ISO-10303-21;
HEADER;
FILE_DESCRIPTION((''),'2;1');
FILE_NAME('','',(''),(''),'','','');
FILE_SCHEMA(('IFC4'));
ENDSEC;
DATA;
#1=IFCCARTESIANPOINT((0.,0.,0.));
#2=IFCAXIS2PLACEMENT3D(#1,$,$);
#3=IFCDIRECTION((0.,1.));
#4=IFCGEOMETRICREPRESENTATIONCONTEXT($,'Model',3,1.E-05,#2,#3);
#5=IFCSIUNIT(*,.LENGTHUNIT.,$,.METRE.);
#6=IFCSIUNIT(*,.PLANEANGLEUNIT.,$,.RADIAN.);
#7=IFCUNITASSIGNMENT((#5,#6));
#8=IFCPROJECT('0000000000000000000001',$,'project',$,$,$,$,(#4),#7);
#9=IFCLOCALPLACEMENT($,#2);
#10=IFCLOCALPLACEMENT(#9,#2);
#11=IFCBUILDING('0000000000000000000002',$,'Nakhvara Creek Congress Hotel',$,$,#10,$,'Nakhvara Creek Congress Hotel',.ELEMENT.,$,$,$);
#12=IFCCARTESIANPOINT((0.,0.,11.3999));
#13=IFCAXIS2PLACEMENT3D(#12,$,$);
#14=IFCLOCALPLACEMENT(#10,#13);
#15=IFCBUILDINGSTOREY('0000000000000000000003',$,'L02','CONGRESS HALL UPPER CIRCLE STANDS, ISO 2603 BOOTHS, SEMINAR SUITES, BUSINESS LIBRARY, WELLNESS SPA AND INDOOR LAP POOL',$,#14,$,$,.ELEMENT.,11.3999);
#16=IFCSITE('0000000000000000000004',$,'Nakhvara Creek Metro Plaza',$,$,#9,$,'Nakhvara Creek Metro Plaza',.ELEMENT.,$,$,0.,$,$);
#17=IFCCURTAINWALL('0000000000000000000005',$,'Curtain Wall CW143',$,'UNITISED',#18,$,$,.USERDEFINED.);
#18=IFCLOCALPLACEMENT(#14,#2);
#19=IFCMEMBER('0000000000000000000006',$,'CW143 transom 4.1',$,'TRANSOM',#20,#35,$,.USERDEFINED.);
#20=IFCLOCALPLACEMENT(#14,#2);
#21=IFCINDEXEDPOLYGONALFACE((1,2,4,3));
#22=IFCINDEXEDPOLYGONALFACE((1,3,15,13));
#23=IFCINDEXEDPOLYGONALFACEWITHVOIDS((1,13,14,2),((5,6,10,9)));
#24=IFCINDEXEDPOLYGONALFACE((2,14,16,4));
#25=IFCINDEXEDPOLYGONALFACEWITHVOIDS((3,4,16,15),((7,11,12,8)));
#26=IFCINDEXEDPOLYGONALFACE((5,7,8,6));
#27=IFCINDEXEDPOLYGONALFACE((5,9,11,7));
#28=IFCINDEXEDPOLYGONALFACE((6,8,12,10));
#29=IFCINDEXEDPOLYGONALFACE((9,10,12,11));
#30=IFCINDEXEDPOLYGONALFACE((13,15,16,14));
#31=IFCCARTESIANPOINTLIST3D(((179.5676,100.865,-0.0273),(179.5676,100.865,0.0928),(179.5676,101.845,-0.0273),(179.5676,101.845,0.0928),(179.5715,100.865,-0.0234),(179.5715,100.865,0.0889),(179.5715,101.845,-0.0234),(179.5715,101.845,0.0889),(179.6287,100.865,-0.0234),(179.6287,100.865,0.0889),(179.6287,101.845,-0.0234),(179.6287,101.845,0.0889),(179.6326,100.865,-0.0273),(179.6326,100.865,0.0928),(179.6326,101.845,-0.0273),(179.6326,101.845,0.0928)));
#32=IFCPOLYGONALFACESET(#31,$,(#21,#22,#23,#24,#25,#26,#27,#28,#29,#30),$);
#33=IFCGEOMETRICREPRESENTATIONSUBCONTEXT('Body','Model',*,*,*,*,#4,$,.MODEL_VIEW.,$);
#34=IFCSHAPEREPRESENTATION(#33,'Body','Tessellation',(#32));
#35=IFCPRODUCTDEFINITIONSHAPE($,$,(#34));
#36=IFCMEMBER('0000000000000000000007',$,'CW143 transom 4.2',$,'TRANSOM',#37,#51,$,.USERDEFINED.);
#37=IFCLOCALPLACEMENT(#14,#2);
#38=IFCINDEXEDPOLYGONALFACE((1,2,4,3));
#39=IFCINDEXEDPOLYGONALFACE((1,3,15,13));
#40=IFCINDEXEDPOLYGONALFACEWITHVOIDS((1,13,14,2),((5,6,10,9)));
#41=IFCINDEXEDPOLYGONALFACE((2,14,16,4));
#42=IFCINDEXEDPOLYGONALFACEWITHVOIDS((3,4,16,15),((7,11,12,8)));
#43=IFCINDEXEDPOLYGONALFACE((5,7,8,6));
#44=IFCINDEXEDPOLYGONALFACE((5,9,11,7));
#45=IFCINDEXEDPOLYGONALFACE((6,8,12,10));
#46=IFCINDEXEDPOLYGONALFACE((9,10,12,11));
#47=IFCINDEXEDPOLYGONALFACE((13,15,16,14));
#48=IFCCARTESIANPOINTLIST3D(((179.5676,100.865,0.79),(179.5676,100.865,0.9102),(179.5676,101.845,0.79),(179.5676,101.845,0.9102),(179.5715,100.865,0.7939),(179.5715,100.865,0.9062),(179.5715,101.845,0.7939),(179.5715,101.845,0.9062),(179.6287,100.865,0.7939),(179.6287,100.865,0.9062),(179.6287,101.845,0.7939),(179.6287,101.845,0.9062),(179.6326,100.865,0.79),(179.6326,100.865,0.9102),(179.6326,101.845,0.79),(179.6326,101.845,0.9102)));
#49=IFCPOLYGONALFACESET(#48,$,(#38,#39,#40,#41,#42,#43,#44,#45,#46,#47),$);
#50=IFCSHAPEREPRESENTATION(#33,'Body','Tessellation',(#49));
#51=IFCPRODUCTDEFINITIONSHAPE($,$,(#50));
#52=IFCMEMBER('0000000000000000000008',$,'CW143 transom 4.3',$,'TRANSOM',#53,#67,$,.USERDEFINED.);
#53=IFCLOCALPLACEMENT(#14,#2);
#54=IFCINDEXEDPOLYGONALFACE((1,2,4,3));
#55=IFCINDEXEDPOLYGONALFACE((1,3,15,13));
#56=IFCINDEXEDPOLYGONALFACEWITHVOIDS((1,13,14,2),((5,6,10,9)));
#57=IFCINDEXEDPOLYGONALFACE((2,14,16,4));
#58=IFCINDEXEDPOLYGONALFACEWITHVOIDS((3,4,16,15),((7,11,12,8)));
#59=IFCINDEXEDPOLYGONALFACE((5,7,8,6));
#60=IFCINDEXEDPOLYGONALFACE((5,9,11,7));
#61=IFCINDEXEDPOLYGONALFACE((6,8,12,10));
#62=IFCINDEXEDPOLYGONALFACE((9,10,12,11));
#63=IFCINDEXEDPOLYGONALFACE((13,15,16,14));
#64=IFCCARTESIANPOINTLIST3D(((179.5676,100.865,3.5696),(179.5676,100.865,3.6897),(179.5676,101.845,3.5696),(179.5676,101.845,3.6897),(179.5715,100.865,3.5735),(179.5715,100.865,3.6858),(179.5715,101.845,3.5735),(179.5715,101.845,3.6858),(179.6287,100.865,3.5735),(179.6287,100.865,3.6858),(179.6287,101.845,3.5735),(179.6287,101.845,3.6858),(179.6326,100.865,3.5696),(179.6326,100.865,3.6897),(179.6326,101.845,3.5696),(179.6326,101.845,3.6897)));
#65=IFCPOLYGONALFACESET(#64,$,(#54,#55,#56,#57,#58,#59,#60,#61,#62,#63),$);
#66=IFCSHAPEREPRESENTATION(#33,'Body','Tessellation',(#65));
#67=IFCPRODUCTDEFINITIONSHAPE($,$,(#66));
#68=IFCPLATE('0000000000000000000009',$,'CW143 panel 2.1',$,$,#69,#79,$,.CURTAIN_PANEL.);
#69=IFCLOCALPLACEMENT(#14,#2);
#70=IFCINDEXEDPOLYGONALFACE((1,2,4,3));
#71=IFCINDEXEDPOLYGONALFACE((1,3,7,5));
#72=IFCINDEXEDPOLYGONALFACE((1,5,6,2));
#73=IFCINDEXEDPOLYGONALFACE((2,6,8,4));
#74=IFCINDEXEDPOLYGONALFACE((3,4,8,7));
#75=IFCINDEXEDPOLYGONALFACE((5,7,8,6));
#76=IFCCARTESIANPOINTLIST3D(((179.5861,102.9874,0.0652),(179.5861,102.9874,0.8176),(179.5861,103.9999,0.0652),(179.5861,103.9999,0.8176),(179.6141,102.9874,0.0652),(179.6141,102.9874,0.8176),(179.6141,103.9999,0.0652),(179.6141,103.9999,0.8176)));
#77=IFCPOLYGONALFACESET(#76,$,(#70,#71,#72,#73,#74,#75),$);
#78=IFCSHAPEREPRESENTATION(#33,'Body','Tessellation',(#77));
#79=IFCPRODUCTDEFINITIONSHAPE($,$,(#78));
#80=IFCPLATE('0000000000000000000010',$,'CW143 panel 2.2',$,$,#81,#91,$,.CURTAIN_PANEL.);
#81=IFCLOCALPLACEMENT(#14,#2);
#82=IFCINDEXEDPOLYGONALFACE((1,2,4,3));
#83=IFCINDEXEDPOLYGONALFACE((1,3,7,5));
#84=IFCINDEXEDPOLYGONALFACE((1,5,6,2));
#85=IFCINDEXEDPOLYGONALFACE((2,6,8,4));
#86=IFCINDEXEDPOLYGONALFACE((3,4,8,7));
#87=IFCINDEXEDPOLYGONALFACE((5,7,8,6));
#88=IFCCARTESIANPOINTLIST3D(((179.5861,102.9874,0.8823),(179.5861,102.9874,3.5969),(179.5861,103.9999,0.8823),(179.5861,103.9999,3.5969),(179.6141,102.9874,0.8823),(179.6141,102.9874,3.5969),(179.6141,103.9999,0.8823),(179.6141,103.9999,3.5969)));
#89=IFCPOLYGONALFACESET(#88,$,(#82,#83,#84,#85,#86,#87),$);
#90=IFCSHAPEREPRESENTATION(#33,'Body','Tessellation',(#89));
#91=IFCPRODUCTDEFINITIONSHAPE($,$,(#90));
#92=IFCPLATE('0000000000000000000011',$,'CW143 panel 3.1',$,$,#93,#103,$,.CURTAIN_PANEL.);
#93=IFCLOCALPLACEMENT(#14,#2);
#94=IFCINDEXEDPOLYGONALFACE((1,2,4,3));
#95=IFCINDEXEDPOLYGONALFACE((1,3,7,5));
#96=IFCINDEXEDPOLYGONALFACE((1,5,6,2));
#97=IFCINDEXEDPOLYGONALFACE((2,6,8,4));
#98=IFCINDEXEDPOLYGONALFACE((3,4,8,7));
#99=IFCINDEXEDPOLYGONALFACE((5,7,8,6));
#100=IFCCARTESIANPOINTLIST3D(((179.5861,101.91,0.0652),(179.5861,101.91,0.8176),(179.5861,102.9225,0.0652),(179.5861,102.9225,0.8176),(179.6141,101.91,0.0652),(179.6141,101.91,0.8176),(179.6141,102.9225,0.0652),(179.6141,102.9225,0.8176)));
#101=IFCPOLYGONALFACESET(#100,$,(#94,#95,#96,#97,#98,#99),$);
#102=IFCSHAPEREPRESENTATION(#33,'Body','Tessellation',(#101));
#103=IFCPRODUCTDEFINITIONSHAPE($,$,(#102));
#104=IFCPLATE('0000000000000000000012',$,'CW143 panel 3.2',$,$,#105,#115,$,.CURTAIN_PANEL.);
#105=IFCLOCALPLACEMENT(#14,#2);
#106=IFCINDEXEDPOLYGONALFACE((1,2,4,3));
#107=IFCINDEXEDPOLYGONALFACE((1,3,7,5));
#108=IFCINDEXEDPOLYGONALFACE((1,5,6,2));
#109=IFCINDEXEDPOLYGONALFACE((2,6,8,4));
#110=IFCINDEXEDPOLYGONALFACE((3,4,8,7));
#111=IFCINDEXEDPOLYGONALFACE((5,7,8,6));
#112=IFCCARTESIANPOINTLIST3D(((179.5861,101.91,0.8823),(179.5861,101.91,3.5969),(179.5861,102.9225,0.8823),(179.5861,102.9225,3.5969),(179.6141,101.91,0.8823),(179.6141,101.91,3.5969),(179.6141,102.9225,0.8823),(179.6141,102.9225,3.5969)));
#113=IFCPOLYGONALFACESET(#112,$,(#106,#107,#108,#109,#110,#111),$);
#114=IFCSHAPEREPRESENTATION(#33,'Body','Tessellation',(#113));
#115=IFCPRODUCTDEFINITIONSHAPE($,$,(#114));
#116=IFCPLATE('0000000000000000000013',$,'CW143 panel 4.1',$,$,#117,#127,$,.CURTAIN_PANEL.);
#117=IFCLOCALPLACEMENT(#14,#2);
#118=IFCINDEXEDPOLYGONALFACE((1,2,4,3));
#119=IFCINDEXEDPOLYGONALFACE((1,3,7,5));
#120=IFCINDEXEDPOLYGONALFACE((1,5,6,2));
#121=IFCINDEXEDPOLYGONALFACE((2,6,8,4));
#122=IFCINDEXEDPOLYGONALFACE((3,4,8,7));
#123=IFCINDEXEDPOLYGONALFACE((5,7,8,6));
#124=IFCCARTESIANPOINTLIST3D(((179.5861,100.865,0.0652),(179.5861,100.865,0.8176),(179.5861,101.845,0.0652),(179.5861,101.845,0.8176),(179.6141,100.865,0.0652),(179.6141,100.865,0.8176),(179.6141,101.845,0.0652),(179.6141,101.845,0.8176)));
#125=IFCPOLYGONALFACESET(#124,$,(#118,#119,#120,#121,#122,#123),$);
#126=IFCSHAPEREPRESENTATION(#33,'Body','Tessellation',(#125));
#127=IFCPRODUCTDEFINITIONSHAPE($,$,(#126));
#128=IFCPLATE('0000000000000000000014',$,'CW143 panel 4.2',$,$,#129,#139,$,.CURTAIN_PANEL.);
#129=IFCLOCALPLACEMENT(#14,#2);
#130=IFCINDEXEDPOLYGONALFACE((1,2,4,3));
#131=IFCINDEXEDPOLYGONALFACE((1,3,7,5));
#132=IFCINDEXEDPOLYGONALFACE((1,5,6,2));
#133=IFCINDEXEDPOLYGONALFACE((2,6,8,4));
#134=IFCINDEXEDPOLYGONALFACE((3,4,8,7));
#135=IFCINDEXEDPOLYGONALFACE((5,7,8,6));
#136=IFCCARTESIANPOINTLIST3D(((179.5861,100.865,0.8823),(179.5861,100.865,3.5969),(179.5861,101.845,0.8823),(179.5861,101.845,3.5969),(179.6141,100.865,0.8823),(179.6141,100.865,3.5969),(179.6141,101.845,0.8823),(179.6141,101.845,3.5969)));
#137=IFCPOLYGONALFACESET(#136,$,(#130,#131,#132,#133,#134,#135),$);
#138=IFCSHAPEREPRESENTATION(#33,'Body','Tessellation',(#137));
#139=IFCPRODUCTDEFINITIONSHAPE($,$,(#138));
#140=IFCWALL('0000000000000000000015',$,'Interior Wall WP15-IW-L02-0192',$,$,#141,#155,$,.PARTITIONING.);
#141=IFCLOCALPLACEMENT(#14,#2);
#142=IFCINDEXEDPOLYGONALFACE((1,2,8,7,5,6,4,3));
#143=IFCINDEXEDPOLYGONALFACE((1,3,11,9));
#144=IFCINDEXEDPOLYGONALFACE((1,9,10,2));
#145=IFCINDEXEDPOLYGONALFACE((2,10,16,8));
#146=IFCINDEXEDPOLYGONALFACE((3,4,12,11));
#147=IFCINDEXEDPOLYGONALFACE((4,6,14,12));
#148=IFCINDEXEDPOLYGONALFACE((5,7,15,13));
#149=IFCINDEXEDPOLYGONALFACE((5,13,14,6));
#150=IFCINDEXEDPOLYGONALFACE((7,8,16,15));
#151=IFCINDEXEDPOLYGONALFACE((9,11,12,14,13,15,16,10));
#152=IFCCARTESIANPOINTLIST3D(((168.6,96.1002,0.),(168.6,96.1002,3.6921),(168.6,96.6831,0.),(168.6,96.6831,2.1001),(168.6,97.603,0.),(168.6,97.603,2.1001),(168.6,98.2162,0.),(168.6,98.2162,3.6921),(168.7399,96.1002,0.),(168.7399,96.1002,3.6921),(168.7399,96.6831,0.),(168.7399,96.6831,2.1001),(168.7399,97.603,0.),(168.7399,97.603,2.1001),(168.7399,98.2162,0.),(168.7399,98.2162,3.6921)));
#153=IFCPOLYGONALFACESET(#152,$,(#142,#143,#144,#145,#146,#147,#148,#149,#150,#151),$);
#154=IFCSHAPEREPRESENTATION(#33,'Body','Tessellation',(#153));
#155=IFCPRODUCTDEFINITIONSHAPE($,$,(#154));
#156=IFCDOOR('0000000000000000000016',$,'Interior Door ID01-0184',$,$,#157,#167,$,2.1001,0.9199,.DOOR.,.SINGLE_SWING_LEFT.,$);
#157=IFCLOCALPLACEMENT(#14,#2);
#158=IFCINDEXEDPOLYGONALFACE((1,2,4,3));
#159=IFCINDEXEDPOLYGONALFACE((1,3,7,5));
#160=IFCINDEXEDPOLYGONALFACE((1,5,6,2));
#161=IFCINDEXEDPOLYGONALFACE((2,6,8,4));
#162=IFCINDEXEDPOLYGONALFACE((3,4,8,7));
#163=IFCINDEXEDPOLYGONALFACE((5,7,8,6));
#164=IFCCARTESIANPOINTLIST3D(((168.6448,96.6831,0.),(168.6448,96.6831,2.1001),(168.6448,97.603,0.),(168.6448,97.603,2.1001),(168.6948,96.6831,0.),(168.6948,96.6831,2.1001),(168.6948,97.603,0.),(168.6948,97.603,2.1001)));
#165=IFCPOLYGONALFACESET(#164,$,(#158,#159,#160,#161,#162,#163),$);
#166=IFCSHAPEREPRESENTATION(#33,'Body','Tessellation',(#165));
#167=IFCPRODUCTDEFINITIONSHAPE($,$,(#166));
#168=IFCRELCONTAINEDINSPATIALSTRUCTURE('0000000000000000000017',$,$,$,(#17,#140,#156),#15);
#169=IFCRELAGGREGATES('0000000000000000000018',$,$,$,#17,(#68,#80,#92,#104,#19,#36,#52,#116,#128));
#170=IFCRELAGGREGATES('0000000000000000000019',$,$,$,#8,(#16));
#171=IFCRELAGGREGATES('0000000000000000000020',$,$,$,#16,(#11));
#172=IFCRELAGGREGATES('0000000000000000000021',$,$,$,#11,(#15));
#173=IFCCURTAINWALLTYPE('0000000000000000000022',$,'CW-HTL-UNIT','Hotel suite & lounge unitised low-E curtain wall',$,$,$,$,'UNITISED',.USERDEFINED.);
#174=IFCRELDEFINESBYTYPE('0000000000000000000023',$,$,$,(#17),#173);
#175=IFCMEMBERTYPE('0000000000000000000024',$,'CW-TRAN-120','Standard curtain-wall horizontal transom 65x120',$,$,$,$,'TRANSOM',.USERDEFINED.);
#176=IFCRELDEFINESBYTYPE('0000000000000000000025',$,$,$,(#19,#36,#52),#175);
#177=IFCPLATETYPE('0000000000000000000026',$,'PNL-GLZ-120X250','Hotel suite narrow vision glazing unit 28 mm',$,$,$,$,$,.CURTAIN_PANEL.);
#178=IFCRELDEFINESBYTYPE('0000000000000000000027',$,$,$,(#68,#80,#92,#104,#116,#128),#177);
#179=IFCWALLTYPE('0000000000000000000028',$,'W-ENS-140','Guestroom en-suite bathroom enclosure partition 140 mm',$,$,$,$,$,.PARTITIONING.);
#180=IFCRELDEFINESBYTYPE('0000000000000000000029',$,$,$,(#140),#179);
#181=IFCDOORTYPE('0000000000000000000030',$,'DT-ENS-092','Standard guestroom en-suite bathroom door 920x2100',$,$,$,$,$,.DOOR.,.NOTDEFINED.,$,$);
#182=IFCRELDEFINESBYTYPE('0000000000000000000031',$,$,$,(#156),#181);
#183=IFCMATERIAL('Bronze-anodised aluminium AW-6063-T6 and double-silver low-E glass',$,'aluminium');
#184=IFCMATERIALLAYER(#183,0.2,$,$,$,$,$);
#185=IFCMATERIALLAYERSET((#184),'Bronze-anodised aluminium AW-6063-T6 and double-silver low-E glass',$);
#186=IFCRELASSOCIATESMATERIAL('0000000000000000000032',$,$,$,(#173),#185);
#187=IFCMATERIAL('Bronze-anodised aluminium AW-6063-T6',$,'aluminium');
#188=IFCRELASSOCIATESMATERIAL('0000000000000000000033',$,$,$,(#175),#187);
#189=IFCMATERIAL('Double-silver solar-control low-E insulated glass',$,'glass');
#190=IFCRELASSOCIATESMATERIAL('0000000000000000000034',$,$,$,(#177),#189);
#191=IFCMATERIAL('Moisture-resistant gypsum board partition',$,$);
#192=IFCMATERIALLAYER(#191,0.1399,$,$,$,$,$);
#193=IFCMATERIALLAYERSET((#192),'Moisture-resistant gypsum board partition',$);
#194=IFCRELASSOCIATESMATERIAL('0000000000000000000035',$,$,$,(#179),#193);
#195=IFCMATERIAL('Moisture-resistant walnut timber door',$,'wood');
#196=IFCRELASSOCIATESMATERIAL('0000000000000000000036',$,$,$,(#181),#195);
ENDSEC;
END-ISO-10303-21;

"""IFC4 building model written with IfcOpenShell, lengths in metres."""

from ifc_helpers import new_model, si_unit, direction, frame, frame_2d, origin, origin_2d, place, context, subcontext, project, spatial, rectangle, hollow_rectangle, extrude, material, layer, layer_set, material_profile, profile_set, type_object, element, fill, aggregate, save


model = new_model("IFC4")

# Units and contexts
model_context = context("Model", 3, precision=1e-05, world=origin(), true_north=direction((0.0, 1.0)))
body_context = subcontext(model_context, "Body", "Model", "MODEL_VIEW")
ifc_project = project(units=[si_unit("LENGTHUNIT", "METRE"), si_unit("PLANEANGLEUNIT", "RADIAN")], contexts=[model_context])

# Site, building, storey
site_placement = place(None, origin())
site = spatial("IfcSite", under=ifc_project, at=site_placement, Name="Nakhvara Creek Metro Plaza", LongName="Nakhvara Creek Metro Plaza", CompositionType="ELEMENT", RefElevation=0.0)
building_placement = place(site_placement, origin())
building = spatial("IfcBuilding", under=site, at=building_placement, Name="Nakhvara Creek Congress Hotel", LongName="Nakhvara Creek Congress Hotel", CompositionType="ELEMENT")
storey_placement = place(building_placement, frame((0.0, 0.0, 11.3999)))
storey = spatial("IfcBuildingStorey", under=building, at=storey_placement, Name="L02", Description="CONGRESS HALL UPPER CIRCLE STANDS, ISO 2603 BOOTHS, SEMINAR SUITES, BUSINESS LIBRARY, WELLNESS SPA AND INDOOR LAP POOL", CompositionType="ELEMENT", Elevation=11.3999)

# Curtain wall, members, plates
ifc_material_1 = material(Name="Bronze-anodised aluminium AW-6063-T6 and double-silver low-E glass", Category="aluminium")
ifc_layer_1 = layer(ifc_material_1, 0.2)
ifc_layer_set_1 = layer_set([ifc_layer_1], Name="Bronze-anodised aluminium AW-6063-T6 and double-silver low-E glass")
curtain_wall_type = type_object("IfcCurtainWallType", Name="CW-HTL-UNIT", Description="Hotel suite & lounge unitised low-E curtain wall", ElementType="UNITISED", PredefinedType="USERDEFINED", material=ifc_layer_set_1)
curtain_wall_placement = place(storey_placement, origin())
curtain_wall = element("IfcCurtainWall", 1, at=curtain_wall_placement, inside=storey, type_object=curtain_wall_type, Name="Curtain Wall CW143", ObjectType="UNITISED", PredefinedType="USERDEFINED")
ifc_material_2 = material(Name="Bronze-anodised aluminium AW-6063-T6", Category="aluminium")
ifc_material_profile_1 = material_profile(ifc_material_2, hollow_rectangle(XDim=0.0649, YDim=0.1201, WallThickness=0.0039, at=origin_2d()), Name="ALU-TRAN 65x120x4", Category="LoadBearing")
ifc_profile_set_1 = profile_set([ifc_material_profile_1], Name="Bronze-anodised aluminium AW-6063-T6")
member_type_1 = type_object("IfcMemberType", Name="CW-TRAN-120", Description="Standard curtain-wall horizontal transom 65x120", ElementType="TRANSOM", PredefinedType="USERDEFINED", material=ifc_profile_set_1)
member_1_placement = place(storey_placement, frame((179.6001, 101.845, 0.0327), z_axis=(0.0, -1.0, 0.0), x_axis=(1.0, 0.0, 0.0)))
member_1 = element("IfcMember", 2, at=member_1_placement, type_object=member_type_1, Name="CW143 transom 4.1", ObjectType="TRANSOM", PredefinedType="USERDEFINED", context=body_context, shape_type="SweptSolid", body=[
    extrude(hollow_rectangle(XDim=0.0649, YDim=0.1201, WallThickness=0.0039, at=origin_2d()), origin(), (0.0, 0.0, 1.0), 0.98),
])
member_2_placement = place(storey_placement, frame((179.6001, 101.845, 0.8501), z_axis=(0.0, -1.0, 0.0), x_axis=(1.0, 0.0, 0.0)))
member_2 = element("IfcMember", 3, at=member_2_placement, type_object=member_type_1, Name="CW143 transom 4.2", ObjectType="TRANSOM", PredefinedType="USERDEFINED", context=body_context, shape_type="SweptSolid", body=[
    extrude(hollow_rectangle(XDim=0.0649, YDim=0.1201, WallThickness=0.0039, at=origin_2d()), origin(), (0.0, 0.0, 1.0), 0.98),
])
member_3_placement = place(storey_placement, frame((179.6001, 101.845, 3.6296), z_axis=(0.0, -1.0, 0.0), x_axis=(1.0, 0.0, 0.0)))
member_3 = element("IfcMember", 4, at=member_3_placement, type_object=member_type_1, Name="CW143 transom 4.3", ObjectType="TRANSOM", PredefinedType="USERDEFINED", context=body_context, shape_type="SweptSolid", body=[
    extrude(hollow_rectangle(XDim=0.0649, YDim=0.1201, WallThickness=0.0039, at=origin_2d()), origin(), (0.0, 0.0, 1.0), 0.98),
])
ifc_material_3 = material(Name="Double-silver solar-control low-E insulated glass", Category="glass")
plate_type = type_object("IfcPlateType", Name="PNL-GLZ-120X250", Description="Hotel suite narrow vision glazing unit 28 mm", PredefinedType="CURTAIN_PANEL", material=ifc_material_3)
plate_1_placement = place(storey_placement, frame((179.6001, 103.4937, 0.0652), z_axis=(0.0, 0.0, 1.0), x_axis=(0.0, -1.0, 0.0)))
plate_1 = element("IfcPlate", 5, at=plate_1_placement, type_object=plate_type, Name="CW143 panel 2.1", PredefinedType="CURTAIN_PANEL", context=body_context, shape_type="SweptSolid", body=[
    extrude(rectangle(XDim=1.0125, YDim=0.0281, at=origin_2d()), origin(), (0.0, 0.0, 1.0), 0.7524),
])
plate_2_placement = place(storey_placement, frame((179.6001, 103.4937, 0.8823), z_axis=(0.0, 0.0, 1.0), x_axis=(0.0, -1.0, 0.0)))
plate_2 = element("IfcPlate", 6, at=plate_2_placement, type_object=plate_type, Name="CW143 panel 2.2", PredefinedType="CURTAIN_PANEL", context=body_context, shape_type="SweptSolid", body=[
    extrude(rectangle(XDim=1.0125, YDim=0.0281, at=origin_2d()), origin(), (0.0, 0.0, 1.0), 2.7146),
])
plate_3_placement = place(storey_placement, frame((179.6001, 102.4163, 0.0652), z_axis=(0.0, 0.0, 1.0), x_axis=(0.0, -1.0, 0.0)))
plate_3 = element("IfcPlate", 7, at=plate_3_placement, type_object=plate_type, Name="CW143 panel 3.1", PredefinedType="CURTAIN_PANEL", context=body_context, shape_type="SweptSolid", body=[
    extrude(rectangle(XDim=1.0125, YDim=0.0281, at=origin_2d()), origin(), (0.0, 0.0, 1.0), 0.7524),
])
plate_4_placement = place(storey_placement, frame((179.6001, 102.4163, 0.8823), z_axis=(0.0, 0.0, 1.0), x_axis=(0.0, -1.0, 0.0)))
plate_4 = element("IfcPlate", 8, at=plate_4_placement, type_object=plate_type, Name="CW143 panel 3.2", PredefinedType="CURTAIN_PANEL", context=body_context, shape_type="SweptSolid", body=[
    extrude(rectangle(XDim=1.0125, YDim=0.0281, at=origin_2d()), origin(), (0.0, 0.0, 1.0), 2.7146),
])
plate_5_placement = place(storey_placement, frame((179.6001, 101.355, 0.0652), z_axis=(0.0, 0.0, 1.0), x_axis=(0.0, -1.0, 0.0)))
plate_5 = element("IfcPlate", 9, at=plate_5_placement, type_object=plate_type, Name="CW143 panel 4.1", PredefinedType="CURTAIN_PANEL", context=body_context, shape_type="SweptSolid", body=[
    extrude(rectangle(XDim=0.98, YDim=0.0281, at=origin_2d()), origin(), (0.0, 0.0, 1.0), 0.7524),
])
plate_6_placement = place(storey_placement, frame((179.6001, 101.355, 0.8823), z_axis=(0.0, 0.0, 1.0), x_axis=(0.0, -1.0, 0.0)))
plate_6 = element("IfcPlate", 10, at=plate_6_placement, type_object=plate_type, Name="CW143 panel 4.2", PredefinedType="CURTAIN_PANEL", context=body_context, shape_type="SweptSolid", body=[
    extrude(rectangle(XDim=0.98, YDim=0.0281, at=origin_2d()), origin(), (0.0, 0.0, 1.0), 2.7146),
])
aggregate(curtain_wall, [plate_1, plate_2, plate_3, plate_4, member_1, member_2, member_3, plate_5, plate_6])

# Wall, opening, door
ifc_material_4 = material(Name="Moisture-resistant gypsum board partition")
ifc_layer_2 = layer(ifc_material_4, 0.1399)
ifc_layer_set_2 = layer_set([ifc_layer_2], Name="Moisture-resistant gypsum board partition")
wall_type_1 = type_object("IfcWallType", Name="W-ENS-140", Description="Guestroom en-suite bathroom enclosure partition 140 mm", PredefinedType="PARTITIONING", material=ifc_layer_set_2)
wall_1_placement = place(storey_placement, frame((168.6699, 96.1001, 0.0), z_axis=(0.0, 0.0, 1.0), x_axis=(0.0, 1.0, 0.0)))
wall_1 = element("IfcWall", 11, at=wall_1_placement, inside=storey, type_object=wall_type_1, Name="Interior Wall WP15-IW-L02-0192", PredefinedType="PARTITIONING", context=body_context, shape_type="SweptSolid", body=[
    extrude(rectangle(XDim=2.116, YDim=0.1399, at=frame_2d((1.0581, 0.0))), origin(), (0.0, 0.0, 1.0), 3.6921),
])
opening_1_placement = place(wall_1_placement, frame((0.583, 0.0, 0.0)))
opening_1 = element("IfcOpeningElement", 12, at=opening_1_placement, cuts=wall_1, PredefinedType="OPENING", context=body_context, shape_type="SweptSolid", body=[
    extrude(rectangle(XDim=0.9199, YDim=2.1001, at=frame_2d((0.46, 1.05))), frame((0.0, 0.082, 0.0), z_axis=(0.0, -1.0, 0.0), x_axis=(1.0, 0.0, 0.0)), (0.0, 0.0, 1.0), 0.1638),
])
ifc_material_5 = material(Name="Moisture-resistant walnut timber door", Category="wood")
door_type_1 = type_object("IfcDoorType", Name="DT-ENS-092", Description="Standard guestroom en-suite bathroom door 920x2100", OperationType="NOTDEFINED", PredefinedType="DOOR", material=ifc_material_5)
door_1_placement = place(opening_1_placement, frame((0.9199, 0.0, 0.0), z_axis=(0.0, 0.0, 1.0), x_axis=(-1.0, 0.0, 0.0)))
door_1 = element("IfcDoor", 13, at=door_1_placement, inside=storey, type_object=door_type_1, Name="Interior Door ID01-0184", OperationType="SINGLE_SWING_LEFT", OverallHeight=2.1001, OverallWidth=0.9199, PredefinedType="DOOR", context=body_context, shape_type="SweptSolid", body=[
    extrude(rectangle(XDim=0.9199, YDim=2.1001, at=frame_2d((0.46, 1.05))), frame((0.0, 0.0249, 0.0), z_axis=(0.0, -1.0, 0.0), x_axis=(1.0, 0.0, 0.0)), (0.0, 0.0, 1.0), 0.05),
])
fill(opening_1, door_1)

save(model, "model.ifc")
